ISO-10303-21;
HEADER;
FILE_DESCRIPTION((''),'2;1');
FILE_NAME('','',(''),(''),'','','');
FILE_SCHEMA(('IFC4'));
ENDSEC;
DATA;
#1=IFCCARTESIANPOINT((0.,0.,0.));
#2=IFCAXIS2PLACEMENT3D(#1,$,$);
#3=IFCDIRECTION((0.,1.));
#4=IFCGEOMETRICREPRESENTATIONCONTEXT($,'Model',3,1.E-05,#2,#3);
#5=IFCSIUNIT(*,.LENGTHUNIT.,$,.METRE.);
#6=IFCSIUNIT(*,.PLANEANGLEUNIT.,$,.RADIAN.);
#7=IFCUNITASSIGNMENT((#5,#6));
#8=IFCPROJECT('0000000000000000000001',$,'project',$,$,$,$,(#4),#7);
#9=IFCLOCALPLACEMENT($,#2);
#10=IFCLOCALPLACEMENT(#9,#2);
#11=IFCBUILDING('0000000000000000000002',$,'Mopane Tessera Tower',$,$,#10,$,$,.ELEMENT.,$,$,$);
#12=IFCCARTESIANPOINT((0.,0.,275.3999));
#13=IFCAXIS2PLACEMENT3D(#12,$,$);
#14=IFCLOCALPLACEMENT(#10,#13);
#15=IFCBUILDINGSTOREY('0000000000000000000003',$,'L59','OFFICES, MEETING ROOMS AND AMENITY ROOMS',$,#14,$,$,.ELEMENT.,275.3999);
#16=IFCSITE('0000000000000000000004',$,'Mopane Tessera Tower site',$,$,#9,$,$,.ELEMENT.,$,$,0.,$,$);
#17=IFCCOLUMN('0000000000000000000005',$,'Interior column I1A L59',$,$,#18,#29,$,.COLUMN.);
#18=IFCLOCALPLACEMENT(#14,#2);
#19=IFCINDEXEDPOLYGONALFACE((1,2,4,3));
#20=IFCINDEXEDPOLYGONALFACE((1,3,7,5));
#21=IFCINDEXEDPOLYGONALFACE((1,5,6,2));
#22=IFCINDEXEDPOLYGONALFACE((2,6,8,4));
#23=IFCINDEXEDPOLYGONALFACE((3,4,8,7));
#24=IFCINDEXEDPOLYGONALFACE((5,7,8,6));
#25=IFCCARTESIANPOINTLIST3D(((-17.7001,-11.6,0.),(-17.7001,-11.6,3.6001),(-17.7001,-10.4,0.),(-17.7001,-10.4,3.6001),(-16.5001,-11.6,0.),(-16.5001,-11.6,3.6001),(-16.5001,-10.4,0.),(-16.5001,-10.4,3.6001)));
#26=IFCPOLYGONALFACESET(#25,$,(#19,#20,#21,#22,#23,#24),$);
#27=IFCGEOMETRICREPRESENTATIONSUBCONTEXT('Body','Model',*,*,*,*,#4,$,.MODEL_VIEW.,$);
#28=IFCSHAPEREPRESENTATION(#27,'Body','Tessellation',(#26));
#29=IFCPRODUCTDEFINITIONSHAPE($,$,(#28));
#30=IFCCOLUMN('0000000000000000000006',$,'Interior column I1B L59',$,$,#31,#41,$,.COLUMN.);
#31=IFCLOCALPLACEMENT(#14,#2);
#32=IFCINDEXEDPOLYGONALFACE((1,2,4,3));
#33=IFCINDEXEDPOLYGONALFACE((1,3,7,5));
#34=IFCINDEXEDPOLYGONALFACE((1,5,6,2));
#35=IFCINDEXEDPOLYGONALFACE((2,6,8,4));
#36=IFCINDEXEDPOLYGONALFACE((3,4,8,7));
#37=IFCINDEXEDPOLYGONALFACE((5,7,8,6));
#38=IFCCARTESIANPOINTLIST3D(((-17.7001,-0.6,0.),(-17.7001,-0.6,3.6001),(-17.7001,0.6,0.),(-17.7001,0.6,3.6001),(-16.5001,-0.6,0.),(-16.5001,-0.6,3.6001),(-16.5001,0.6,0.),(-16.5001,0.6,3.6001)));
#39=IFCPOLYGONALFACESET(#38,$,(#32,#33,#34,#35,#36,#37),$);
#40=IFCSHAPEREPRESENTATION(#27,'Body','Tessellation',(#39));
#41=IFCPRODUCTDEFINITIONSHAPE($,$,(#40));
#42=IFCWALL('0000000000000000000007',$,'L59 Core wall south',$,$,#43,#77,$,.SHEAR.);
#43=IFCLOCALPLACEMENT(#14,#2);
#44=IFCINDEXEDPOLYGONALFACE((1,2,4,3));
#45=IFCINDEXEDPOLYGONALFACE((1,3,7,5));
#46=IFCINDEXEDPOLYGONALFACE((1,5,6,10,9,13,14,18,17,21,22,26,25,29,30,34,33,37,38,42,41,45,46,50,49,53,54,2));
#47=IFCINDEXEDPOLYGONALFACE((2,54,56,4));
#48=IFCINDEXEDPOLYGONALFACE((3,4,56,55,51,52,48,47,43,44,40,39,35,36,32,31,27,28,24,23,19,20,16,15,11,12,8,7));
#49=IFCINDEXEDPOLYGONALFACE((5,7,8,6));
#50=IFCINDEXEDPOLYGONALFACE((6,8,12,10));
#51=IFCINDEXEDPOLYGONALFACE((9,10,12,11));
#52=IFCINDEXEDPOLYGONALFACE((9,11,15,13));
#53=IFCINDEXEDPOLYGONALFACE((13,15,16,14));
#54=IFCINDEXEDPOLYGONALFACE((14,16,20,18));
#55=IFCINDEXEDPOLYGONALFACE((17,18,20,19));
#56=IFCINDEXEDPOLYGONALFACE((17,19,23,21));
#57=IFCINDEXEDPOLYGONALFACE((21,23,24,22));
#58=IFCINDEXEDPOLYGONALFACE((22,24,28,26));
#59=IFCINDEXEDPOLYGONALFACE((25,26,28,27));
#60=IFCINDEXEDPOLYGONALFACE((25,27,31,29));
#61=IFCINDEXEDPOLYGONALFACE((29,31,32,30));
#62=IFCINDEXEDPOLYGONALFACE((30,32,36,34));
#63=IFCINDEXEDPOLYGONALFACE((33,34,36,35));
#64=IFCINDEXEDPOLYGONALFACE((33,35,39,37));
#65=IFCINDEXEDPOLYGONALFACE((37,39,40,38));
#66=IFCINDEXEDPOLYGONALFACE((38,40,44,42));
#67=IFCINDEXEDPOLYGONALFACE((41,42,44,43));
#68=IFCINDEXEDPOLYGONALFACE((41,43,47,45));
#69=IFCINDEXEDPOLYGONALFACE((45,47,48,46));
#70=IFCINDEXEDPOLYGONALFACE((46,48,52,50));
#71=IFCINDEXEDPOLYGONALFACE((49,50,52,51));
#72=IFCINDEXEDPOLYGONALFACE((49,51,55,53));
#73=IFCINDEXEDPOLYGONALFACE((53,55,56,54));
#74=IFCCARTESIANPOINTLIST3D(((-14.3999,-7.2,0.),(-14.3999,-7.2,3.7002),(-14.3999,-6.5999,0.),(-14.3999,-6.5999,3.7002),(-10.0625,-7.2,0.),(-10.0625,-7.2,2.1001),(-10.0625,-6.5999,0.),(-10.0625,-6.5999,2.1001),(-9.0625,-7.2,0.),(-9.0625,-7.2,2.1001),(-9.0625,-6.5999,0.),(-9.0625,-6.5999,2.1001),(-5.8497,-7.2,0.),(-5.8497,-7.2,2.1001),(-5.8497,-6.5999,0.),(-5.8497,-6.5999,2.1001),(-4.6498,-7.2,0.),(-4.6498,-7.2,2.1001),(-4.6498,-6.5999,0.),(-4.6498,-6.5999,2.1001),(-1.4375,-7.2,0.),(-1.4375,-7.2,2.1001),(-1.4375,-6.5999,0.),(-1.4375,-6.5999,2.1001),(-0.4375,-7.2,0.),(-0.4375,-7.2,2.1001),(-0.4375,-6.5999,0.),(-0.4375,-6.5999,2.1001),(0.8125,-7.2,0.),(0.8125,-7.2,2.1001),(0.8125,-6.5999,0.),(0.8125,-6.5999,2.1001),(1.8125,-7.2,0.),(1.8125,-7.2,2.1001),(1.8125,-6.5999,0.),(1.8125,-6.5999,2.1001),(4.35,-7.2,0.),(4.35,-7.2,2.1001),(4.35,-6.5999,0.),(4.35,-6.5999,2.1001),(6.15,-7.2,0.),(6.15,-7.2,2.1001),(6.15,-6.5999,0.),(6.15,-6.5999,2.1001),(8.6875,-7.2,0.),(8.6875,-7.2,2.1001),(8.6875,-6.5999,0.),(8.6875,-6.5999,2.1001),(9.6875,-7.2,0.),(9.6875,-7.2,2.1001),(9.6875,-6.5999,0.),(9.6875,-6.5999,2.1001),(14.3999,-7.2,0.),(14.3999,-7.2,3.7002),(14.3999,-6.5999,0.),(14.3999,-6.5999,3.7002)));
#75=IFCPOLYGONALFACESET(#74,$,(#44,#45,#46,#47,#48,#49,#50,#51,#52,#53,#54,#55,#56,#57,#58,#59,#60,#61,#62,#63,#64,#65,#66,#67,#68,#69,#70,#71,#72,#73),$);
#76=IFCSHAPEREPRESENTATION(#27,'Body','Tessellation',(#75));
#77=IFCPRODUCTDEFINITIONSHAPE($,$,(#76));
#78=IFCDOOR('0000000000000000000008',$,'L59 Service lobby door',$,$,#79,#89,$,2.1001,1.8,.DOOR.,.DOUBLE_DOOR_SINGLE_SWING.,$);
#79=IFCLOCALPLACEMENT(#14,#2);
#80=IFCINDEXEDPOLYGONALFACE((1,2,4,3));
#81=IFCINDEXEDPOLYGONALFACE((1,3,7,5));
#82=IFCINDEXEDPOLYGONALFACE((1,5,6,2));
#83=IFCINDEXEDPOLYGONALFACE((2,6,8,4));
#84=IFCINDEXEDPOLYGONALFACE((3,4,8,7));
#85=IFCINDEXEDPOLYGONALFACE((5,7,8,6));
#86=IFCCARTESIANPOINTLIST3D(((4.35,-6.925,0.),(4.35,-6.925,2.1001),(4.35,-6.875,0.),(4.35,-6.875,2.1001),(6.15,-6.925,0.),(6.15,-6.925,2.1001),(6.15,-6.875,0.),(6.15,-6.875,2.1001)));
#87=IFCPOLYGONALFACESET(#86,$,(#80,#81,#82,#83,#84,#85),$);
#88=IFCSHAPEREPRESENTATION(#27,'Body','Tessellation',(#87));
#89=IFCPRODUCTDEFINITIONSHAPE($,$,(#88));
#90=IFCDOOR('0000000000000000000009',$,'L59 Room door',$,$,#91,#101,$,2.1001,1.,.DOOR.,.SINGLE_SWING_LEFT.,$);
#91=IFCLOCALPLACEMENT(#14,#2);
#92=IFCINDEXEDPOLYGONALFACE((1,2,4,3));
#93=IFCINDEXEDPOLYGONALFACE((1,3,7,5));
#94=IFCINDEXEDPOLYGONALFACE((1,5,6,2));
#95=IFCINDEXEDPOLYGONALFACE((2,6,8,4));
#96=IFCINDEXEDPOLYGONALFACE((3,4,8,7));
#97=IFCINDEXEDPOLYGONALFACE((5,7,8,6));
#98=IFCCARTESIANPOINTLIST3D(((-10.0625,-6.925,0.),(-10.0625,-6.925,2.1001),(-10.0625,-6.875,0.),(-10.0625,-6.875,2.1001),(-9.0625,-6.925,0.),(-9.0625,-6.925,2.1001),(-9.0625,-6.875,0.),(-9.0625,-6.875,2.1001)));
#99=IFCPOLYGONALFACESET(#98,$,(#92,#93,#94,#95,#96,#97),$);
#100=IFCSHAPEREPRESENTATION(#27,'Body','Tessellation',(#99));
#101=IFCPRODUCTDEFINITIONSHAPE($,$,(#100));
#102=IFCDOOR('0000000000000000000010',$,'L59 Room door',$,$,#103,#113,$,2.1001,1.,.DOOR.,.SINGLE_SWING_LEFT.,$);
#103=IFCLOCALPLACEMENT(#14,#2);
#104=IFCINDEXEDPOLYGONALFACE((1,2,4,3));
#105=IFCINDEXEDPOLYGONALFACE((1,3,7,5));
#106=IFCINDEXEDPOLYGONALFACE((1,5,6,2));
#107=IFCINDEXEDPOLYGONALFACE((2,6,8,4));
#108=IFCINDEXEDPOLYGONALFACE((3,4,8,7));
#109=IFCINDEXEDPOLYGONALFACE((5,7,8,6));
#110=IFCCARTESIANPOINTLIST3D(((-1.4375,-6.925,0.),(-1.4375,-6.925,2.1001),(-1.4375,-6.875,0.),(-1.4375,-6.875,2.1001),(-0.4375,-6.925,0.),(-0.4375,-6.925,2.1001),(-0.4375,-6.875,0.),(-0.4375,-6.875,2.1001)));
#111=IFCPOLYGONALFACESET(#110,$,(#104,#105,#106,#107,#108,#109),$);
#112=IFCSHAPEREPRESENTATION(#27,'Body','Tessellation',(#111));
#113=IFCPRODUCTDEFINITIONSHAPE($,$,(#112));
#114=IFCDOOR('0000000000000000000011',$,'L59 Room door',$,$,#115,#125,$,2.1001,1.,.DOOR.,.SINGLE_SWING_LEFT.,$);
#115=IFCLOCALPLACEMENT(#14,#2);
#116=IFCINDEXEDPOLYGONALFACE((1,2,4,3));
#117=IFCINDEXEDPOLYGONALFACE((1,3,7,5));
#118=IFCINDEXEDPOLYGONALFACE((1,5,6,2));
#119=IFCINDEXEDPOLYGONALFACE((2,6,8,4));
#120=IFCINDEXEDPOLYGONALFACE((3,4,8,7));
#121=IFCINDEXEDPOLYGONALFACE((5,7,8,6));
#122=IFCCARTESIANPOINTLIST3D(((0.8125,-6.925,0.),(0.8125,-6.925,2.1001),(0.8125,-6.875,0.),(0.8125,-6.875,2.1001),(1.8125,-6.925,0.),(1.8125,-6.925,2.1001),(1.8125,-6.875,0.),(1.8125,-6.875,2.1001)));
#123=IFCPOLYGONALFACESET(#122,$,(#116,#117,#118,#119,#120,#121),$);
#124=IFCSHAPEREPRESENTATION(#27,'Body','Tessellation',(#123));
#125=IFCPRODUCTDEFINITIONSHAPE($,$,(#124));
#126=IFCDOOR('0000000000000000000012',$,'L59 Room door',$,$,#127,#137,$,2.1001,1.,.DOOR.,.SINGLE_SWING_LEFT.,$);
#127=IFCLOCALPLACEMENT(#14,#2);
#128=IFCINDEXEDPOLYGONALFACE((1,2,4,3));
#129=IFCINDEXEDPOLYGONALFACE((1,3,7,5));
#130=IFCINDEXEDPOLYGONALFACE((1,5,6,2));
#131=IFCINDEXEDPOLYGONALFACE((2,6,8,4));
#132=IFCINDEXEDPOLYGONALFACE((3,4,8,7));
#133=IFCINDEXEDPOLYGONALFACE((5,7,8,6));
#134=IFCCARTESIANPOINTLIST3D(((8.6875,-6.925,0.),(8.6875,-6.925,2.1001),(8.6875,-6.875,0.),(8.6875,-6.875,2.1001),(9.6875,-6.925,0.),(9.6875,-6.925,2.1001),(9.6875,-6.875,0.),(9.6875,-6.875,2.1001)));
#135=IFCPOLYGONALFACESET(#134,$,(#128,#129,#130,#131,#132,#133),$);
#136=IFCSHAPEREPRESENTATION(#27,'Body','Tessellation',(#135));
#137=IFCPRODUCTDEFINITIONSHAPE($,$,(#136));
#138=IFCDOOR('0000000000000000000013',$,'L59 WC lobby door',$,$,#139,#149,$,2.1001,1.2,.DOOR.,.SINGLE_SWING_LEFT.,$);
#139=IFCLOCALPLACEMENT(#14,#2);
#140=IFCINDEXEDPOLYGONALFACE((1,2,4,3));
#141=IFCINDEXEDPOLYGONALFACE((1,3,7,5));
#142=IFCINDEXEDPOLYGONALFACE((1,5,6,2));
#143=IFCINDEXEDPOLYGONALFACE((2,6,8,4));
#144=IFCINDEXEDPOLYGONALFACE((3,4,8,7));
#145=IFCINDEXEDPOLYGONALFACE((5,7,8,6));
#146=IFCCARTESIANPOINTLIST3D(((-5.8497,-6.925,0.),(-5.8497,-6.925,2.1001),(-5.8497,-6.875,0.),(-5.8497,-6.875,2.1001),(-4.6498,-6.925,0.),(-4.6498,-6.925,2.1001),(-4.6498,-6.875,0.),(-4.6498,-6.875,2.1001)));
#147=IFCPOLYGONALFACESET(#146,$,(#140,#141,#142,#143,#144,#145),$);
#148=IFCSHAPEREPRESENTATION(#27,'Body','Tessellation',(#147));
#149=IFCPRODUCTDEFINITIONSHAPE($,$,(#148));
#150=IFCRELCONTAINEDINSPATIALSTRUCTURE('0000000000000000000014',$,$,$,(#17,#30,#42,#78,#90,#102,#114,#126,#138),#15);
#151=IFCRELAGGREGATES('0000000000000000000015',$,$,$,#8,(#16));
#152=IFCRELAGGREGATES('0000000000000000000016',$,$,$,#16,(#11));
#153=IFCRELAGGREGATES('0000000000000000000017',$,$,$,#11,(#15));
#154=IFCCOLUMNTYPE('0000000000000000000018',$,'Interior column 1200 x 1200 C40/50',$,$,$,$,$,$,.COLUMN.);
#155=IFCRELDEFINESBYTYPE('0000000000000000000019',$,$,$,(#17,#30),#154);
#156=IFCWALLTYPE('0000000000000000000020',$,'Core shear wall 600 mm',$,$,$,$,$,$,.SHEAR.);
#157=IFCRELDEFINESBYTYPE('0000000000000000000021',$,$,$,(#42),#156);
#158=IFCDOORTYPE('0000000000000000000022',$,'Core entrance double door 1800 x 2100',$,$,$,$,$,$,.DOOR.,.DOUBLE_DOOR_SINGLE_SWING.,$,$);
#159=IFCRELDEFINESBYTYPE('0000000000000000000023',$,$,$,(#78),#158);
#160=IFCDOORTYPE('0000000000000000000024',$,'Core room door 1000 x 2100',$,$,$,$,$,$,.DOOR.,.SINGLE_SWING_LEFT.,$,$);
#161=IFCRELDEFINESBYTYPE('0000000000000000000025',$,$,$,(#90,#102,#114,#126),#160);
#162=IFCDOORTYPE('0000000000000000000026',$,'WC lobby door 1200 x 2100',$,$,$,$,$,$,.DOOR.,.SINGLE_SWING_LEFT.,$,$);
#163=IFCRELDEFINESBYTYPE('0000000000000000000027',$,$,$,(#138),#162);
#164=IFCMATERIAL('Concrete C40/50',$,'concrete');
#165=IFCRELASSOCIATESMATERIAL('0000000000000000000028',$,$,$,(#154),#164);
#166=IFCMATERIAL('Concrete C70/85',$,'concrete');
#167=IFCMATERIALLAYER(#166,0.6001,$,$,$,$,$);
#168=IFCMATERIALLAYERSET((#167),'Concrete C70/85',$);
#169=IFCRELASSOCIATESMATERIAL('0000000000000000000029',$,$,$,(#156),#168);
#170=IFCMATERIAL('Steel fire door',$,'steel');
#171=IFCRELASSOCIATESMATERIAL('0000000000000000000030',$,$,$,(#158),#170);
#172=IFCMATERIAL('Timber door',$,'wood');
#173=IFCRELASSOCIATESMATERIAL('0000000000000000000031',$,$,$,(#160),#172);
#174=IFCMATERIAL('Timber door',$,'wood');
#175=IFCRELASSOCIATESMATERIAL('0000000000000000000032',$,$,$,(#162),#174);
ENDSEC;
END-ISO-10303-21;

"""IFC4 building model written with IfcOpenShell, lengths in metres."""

from ifc_helpers import new_model, si_unit, direction, frame, frame_2d, origin, origin_2d, place, context, subcontext, project, spatial, rectangle, extrude, material, layer, layer_set, material_profile, profile_set, type_object, element, fill, save


model = new_model("IFC4")

# Units and contexts
model_context = context("Model", 3, precision=1e-05, world=origin(), true_north=direction((0.0, 1.0)))
body_context = subcontext(model_context, "Body", "Model", "MODEL_VIEW")
ifc_project = project(units=[si_unit("LENGTHUNIT", "METRE"), si_unit("PLANEANGLEUNIT", "RADIAN")], contexts=[model_context])

# Site, building, storey
site_placement = place(None, origin())
site = spatial("IfcSite", under=ifc_project, at=site_placement, Name="Mopane Tessera Tower site", CompositionType="ELEMENT", RefElevation=0.0)
building_placement = place(site_placement, origin())
building = spatial("IfcBuilding", under=site, at=building_placement, Name="Mopane Tessera Tower", CompositionType="ELEMENT")
storey_placement = place(building_placement, frame((0.0, 0.0, 275.3999)))
storey = spatial("IfcBuildingStorey", under=building, at=storey_placement, Name="L59", Description="OFFICES, MEETING ROOMS AND AMENITY ROOMS", CompositionType="ELEMENT", Elevation=275.3999)

# Columns
ifc_material_1 = material(Name="Concrete C40/50", Category="concrete")
ifc_material_profile = material_profile(ifc_material_1, rectangle(XDim=1.2, YDim=1.2, at=origin_2d()))
ifc_profile_set = profile_set([ifc_material_profile], Name="Concrete C40/50")
column_type = type_object("IfcColumnType", Name="Interior column 1200 x 1200 C40/50", PredefinedType="COLUMN", material=ifc_profile_set)
for number, where, z_axis, x_axis, name in (
    (1, (-17.1001, -11.0, 0.0), (0.0, 0.0, 1.0), (1.0, 0.0, 0.0), "Interior column I1A L59"),
    (2, (-17.1001, 0.0, 0.0), (0.0, 0.0, 1.0), (1.0, 0.0, 0.0), "Interior column I1B L59"),
):
    element("IfcColumn", number, at=place(storey_placement, frame(where, z_axis=z_axis, x_axis=x_axis)), inside=storey, type_object=column_type, Name=name, PredefinedType="COLUMN", context=body_context, shape_type="SweptSolid", body=[
        extrude(rectangle(XDim=1.2, YDim=1.2, at=origin_2d()), origin(), (0.0, 0.0, 1.0), 3.6001),
    ])

# Wall, openings, doors
ifc_material_2 = material(Name="Concrete C70/85", Category="concrete")
ifc_layer_1 = layer(ifc_material_2, 0.6001)
ifc_layer_set_1 = layer_set([ifc_layer_1], Name="Concrete C70/85")
wall_type_1 = type_object("IfcWallType", Name="Core shear wall 600 mm", PredefinedType="SHEAR", material=ifc_layer_set_1)
wall_1_placement = place(storey_placement, frame((-14.3999, -6.8999, 0.0), z_axis=(0.0, 0.0, 1.0), x_axis=(1.0, 0.0, 0.0)))
wall_1 = element("IfcWall", 3, at=wall_1_placement, inside=storey, type_object=wall_type_1, Name="L59 Core wall south", PredefinedType="SHEAR", context=body_context, shape_type="SweptSolid", body=[
    extrude(rectangle(XDim=28.7998, YDim=0.6001, at=frame_2d((14.3999, 0.0))), origin(), (0.0, 0.0, 1.0), 3.7002),
])
opening_1_placement = place(wall_1_placement, frame((4.3374, 0.0, 0.0)))
opening_1 = element("IfcOpeningElement", 4, at=opening_1_placement, cuts=wall_1, PredefinedType="OPENING", context=body_context, shape_type="SweptSolid", body=[
    extrude(rectangle(XDim=1.0, YDim=2.1001, at=frame_2d((0.5, 1.05))), frame((0.0, 0.312, 0.0), z_axis=(0.0, -1.0, 0.0), x_axis=(1.0, 0.0, 0.0)), (0.0, 0.0, 1.0), 0.624),
])
opening_2_placement = place(wall_1_placement, frame((8.55, 0.0, 0.0)))
opening_2 = element("IfcOpeningElement", 5, at=opening_2_placement, cuts=wall_1, PredefinedType="OPENING", context=body_context, shape_type="SweptSolid", body=[
    extrude(rectangle(XDim=1.2, YDim=2.1001, at=frame_2d((0.6001, 1.05))), frame((0.0, 0.312, 0.0), z_axis=(0.0, -1.0, 0.0), x_axis=(1.0, 0.0, 0.0)), (0.0, 0.0, 1.0), 0.624),
])
opening_3_placement = place(wall_1_placement, frame((12.9624, 0.0, 0.0)))
opening_3 = element("IfcOpeningElement", 6, at=opening_3_placement, cuts=wall_1, PredefinedType="OPENING", context=body_context, shape_type="SweptSolid", body=[
    extrude(rectangle(XDim=1.0, YDim=2.1001, at=frame_2d((0.5, 1.05))), frame((0.0, 0.312, 0.0), z_axis=(0.0, -1.0, 0.0), x_axis=(1.0, 0.0, 0.0)), (0.0, 0.0, 1.0), 0.624),
])
opening_4_placement = place(wall_1_placement, frame((15.2124, 0.0, 0.0)))
opening_4 = element("IfcOpeningElement", 7, at=opening_4_placement, cuts=wall_1, PredefinedType="OPENING", context=body_context, shape_type="SweptSolid", body=[
    extrude(rectangle(XDim=1.0, YDim=2.1001, at=frame_2d((0.5, 1.05))), frame((0.0, 0.312, 0.0), z_axis=(0.0, -1.0, 0.0), x_axis=(1.0, 0.0, 0.0)), (0.0, 0.0, 1.0), 0.624),
])
opening_5_placement = place(wall_1_placement, frame((18.75, 0.0, 0.0)))
opening_5 = element("IfcOpeningElement", 8, at=opening_5_placement, cuts=wall_1, PredefinedType="OPENING", context=body_context, shape_type="SweptSolid", body=[
    extrude(rectangle(XDim=1.8, YDim=2.1001, at=frame_2d((0.8999, 1.05))), frame((0.0, 0.312, 0.0), z_axis=(0.0, -1.0, 0.0), x_axis=(1.0, 0.0, 0.0)), (0.0, 0.0, 1.0), 0.624),
])
opening_6_placement = place(wall_1_placement, frame((23.0874, 0.0, 0.0)))
opening_6 = element("IfcOpeningElement", 9, at=opening_6_placement, cuts=wall_1, PredefinedType="OPENING", context=body_context, shape_type="SweptSolid", body=[
    extrude(rectangle(XDim=1.0, YDim=2.1001, at=frame_2d((0.5, 1.05))), frame((0.0, 0.312, 0.0), z_axis=(0.0, -1.0, 0.0), x_axis=(1.0, 0.0, 0.0)), (0.0, 0.0, 1.0), 0.624),
])
ifc_material_3 = material(Name="Steel fire door", Category="steel")
door_type_1 = type_object("IfcDoorType", Name="Core entrance double door 1800 x 2100", OperationType="DOUBLE_DOOR_SINGLE_SWING", PredefinedType="DOOR", material=ifc_material_3)
door_1_placement = place(opening_5_placement, origin())
door_1 = element("IfcDoor", 10, at=door_1_placement, inside=storey, type_object=door_type_1, Name="L59 Service lobby door", OperationType="DOUBLE_DOOR_SINGLE_SWING", OverallHeight=2.1001, OverallWidth=1.8, PredefinedType="DOOR", context=body_context, shape_type="SweptSolid", body=[
    extrude(rectangle(XDim=1.8, YDim=2.1001, at=frame_2d((0.8999, 1.05))), frame((0.0, 0.0249, 0.0), z_axis=(0.0, -1.0, 0.0), x_axis=(1.0, 0.0, 0.0)), (0.0, 0.0, 1.0), 0.05),
])
fill(opening_5, door_1)
ifc_material_4 = material(Name="Timber door", Category="wood")
door_type_2 = type_object("IfcDoorType", Name="Core room door 1000 x 2100", OperationType="SINGLE_SWING_LEFT", PredefinedType="DOOR", material=ifc_material_4)
door_2_placement = place(opening_1_placement, origin())
door_2 = element("IfcDoor", 11, at=door_2_placement, inside=storey, type_object=door_type_2, Name="L59 Room door", OperationType="SINGLE_SWING_LEFT", OverallHeight=2.1001, OverallWidth=1.0, PredefinedType="DOOR", context=body_context, shape_type="SweptSolid", body=[
    extrude(rectangle(XDim=1.0, YDim=2.1001, at=frame_2d((0.5, 1.05))), frame((0.0, 0.0249, 0.0), z_axis=(0.0, -1.0, 0.0), x_axis=(1.0, 0.0, 0.0)), (0.0, 0.0, 1.0), 0.05),
])
fill(opening_1, door_2)
door_3_placement = place(opening_3_placement, origin())
door_3 = element("IfcDoor", 12, at=door_3_placement, inside=storey, type_object=door_type_2, Name="L59 Room door", OperationType="SINGLE_SWING_LEFT", OverallHeight=2.1001, OverallWidth=1.0, PredefinedType="DOOR", context=body_context, shape_type="SweptSolid", body=[
    extrude(rectangle(XDim=1.0, YDim=2.1001, at=frame_2d((0.5, 1.05))), frame((0.0, 0.0249, 0.0), z_axis=(0.0, -1.0, 0.0), x_axis=(1.0, 0.0, 0.0)), (0.0, 0.0, 1.0), 0.05),
])
fill(opening_3, door_3)
door_4_placement = place(opening_4_placement, origin())
door_4 = element("IfcDoor", 13, at=door_4_placement, inside=storey, type_object=door_type_2, Name="L59 Room door", OperationType="SINGLE_SWING_LEFT", OverallHeight=2.1001, OverallWidth=1.0, PredefinedType="DOOR", context=body_context, shape_type="SweptSolid", body=[
    extrude(rectangle(XDim=1.0, YDim=2.1001, at=frame_2d((0.5, 1.05))), frame((0.0, 0.0249, 0.0), z_axis=(0.0, -1.0, 0.0), x_axis=(1.0, 0.0, 0.0)), (0.0, 0.0, 1.0), 0.05),
])
fill(opening_4, door_4)
door_5_placement = place(opening_6_placement, origin())
door_5 = element("IfcDoor", 14, at=door_5_placement, inside=storey, type_object=door_type_2, Name="L59 Room door", OperationType="SINGLE_SWING_LEFT", OverallHeight=2.1001, OverallWidth=1.0, PredefinedType="DOOR", context=body_context, shape_type="SweptSolid", body=[
    extrude(rectangle(XDim=1.0, YDim=2.1001, at=frame_2d((0.5, 1.05))), frame((0.0, 0.0249, 0.0), z_axis=(0.0, -1.0, 0.0), x_axis=(1.0, 0.0, 0.0)), (0.0, 0.0, 1.0), 0.05),
])
fill(opening_6, door_5)
ifc_material_5 = material(Name="Timber door", Category="wood")
door_type_3 = type_object("IfcDoorType", Name="WC lobby door 1200 x 2100", OperationType="SINGLE_SWING_LEFT", PredefinedType="DOOR", material=ifc_material_5)
door_6_placement = place(opening_2_placement, origin())
door_6 = element("IfcDoor", 15, at=door_6_placement, inside=storey, type_object=door_type_3, Name="L59 WC lobby door", OperationType="SINGLE_SWING_LEFT", OverallHeight=2.1001, OverallWidth=1.2, PredefinedType="DOOR", context=body_context, shape_type="SweptSolid", body=[
    extrude(rectangle(XDim=1.2, YDim=2.1001, at=frame_2d((0.6001, 1.05))), frame((0.0, 0.0249, 0.0), z_axis=(0.0, -1.0, 0.0), x_axis=(1.0, 0.0, 0.0)), (0.0, 0.0, 1.0), 0.05),
])
fill(opening_2, door_6)

save(model, "model.ifc")
